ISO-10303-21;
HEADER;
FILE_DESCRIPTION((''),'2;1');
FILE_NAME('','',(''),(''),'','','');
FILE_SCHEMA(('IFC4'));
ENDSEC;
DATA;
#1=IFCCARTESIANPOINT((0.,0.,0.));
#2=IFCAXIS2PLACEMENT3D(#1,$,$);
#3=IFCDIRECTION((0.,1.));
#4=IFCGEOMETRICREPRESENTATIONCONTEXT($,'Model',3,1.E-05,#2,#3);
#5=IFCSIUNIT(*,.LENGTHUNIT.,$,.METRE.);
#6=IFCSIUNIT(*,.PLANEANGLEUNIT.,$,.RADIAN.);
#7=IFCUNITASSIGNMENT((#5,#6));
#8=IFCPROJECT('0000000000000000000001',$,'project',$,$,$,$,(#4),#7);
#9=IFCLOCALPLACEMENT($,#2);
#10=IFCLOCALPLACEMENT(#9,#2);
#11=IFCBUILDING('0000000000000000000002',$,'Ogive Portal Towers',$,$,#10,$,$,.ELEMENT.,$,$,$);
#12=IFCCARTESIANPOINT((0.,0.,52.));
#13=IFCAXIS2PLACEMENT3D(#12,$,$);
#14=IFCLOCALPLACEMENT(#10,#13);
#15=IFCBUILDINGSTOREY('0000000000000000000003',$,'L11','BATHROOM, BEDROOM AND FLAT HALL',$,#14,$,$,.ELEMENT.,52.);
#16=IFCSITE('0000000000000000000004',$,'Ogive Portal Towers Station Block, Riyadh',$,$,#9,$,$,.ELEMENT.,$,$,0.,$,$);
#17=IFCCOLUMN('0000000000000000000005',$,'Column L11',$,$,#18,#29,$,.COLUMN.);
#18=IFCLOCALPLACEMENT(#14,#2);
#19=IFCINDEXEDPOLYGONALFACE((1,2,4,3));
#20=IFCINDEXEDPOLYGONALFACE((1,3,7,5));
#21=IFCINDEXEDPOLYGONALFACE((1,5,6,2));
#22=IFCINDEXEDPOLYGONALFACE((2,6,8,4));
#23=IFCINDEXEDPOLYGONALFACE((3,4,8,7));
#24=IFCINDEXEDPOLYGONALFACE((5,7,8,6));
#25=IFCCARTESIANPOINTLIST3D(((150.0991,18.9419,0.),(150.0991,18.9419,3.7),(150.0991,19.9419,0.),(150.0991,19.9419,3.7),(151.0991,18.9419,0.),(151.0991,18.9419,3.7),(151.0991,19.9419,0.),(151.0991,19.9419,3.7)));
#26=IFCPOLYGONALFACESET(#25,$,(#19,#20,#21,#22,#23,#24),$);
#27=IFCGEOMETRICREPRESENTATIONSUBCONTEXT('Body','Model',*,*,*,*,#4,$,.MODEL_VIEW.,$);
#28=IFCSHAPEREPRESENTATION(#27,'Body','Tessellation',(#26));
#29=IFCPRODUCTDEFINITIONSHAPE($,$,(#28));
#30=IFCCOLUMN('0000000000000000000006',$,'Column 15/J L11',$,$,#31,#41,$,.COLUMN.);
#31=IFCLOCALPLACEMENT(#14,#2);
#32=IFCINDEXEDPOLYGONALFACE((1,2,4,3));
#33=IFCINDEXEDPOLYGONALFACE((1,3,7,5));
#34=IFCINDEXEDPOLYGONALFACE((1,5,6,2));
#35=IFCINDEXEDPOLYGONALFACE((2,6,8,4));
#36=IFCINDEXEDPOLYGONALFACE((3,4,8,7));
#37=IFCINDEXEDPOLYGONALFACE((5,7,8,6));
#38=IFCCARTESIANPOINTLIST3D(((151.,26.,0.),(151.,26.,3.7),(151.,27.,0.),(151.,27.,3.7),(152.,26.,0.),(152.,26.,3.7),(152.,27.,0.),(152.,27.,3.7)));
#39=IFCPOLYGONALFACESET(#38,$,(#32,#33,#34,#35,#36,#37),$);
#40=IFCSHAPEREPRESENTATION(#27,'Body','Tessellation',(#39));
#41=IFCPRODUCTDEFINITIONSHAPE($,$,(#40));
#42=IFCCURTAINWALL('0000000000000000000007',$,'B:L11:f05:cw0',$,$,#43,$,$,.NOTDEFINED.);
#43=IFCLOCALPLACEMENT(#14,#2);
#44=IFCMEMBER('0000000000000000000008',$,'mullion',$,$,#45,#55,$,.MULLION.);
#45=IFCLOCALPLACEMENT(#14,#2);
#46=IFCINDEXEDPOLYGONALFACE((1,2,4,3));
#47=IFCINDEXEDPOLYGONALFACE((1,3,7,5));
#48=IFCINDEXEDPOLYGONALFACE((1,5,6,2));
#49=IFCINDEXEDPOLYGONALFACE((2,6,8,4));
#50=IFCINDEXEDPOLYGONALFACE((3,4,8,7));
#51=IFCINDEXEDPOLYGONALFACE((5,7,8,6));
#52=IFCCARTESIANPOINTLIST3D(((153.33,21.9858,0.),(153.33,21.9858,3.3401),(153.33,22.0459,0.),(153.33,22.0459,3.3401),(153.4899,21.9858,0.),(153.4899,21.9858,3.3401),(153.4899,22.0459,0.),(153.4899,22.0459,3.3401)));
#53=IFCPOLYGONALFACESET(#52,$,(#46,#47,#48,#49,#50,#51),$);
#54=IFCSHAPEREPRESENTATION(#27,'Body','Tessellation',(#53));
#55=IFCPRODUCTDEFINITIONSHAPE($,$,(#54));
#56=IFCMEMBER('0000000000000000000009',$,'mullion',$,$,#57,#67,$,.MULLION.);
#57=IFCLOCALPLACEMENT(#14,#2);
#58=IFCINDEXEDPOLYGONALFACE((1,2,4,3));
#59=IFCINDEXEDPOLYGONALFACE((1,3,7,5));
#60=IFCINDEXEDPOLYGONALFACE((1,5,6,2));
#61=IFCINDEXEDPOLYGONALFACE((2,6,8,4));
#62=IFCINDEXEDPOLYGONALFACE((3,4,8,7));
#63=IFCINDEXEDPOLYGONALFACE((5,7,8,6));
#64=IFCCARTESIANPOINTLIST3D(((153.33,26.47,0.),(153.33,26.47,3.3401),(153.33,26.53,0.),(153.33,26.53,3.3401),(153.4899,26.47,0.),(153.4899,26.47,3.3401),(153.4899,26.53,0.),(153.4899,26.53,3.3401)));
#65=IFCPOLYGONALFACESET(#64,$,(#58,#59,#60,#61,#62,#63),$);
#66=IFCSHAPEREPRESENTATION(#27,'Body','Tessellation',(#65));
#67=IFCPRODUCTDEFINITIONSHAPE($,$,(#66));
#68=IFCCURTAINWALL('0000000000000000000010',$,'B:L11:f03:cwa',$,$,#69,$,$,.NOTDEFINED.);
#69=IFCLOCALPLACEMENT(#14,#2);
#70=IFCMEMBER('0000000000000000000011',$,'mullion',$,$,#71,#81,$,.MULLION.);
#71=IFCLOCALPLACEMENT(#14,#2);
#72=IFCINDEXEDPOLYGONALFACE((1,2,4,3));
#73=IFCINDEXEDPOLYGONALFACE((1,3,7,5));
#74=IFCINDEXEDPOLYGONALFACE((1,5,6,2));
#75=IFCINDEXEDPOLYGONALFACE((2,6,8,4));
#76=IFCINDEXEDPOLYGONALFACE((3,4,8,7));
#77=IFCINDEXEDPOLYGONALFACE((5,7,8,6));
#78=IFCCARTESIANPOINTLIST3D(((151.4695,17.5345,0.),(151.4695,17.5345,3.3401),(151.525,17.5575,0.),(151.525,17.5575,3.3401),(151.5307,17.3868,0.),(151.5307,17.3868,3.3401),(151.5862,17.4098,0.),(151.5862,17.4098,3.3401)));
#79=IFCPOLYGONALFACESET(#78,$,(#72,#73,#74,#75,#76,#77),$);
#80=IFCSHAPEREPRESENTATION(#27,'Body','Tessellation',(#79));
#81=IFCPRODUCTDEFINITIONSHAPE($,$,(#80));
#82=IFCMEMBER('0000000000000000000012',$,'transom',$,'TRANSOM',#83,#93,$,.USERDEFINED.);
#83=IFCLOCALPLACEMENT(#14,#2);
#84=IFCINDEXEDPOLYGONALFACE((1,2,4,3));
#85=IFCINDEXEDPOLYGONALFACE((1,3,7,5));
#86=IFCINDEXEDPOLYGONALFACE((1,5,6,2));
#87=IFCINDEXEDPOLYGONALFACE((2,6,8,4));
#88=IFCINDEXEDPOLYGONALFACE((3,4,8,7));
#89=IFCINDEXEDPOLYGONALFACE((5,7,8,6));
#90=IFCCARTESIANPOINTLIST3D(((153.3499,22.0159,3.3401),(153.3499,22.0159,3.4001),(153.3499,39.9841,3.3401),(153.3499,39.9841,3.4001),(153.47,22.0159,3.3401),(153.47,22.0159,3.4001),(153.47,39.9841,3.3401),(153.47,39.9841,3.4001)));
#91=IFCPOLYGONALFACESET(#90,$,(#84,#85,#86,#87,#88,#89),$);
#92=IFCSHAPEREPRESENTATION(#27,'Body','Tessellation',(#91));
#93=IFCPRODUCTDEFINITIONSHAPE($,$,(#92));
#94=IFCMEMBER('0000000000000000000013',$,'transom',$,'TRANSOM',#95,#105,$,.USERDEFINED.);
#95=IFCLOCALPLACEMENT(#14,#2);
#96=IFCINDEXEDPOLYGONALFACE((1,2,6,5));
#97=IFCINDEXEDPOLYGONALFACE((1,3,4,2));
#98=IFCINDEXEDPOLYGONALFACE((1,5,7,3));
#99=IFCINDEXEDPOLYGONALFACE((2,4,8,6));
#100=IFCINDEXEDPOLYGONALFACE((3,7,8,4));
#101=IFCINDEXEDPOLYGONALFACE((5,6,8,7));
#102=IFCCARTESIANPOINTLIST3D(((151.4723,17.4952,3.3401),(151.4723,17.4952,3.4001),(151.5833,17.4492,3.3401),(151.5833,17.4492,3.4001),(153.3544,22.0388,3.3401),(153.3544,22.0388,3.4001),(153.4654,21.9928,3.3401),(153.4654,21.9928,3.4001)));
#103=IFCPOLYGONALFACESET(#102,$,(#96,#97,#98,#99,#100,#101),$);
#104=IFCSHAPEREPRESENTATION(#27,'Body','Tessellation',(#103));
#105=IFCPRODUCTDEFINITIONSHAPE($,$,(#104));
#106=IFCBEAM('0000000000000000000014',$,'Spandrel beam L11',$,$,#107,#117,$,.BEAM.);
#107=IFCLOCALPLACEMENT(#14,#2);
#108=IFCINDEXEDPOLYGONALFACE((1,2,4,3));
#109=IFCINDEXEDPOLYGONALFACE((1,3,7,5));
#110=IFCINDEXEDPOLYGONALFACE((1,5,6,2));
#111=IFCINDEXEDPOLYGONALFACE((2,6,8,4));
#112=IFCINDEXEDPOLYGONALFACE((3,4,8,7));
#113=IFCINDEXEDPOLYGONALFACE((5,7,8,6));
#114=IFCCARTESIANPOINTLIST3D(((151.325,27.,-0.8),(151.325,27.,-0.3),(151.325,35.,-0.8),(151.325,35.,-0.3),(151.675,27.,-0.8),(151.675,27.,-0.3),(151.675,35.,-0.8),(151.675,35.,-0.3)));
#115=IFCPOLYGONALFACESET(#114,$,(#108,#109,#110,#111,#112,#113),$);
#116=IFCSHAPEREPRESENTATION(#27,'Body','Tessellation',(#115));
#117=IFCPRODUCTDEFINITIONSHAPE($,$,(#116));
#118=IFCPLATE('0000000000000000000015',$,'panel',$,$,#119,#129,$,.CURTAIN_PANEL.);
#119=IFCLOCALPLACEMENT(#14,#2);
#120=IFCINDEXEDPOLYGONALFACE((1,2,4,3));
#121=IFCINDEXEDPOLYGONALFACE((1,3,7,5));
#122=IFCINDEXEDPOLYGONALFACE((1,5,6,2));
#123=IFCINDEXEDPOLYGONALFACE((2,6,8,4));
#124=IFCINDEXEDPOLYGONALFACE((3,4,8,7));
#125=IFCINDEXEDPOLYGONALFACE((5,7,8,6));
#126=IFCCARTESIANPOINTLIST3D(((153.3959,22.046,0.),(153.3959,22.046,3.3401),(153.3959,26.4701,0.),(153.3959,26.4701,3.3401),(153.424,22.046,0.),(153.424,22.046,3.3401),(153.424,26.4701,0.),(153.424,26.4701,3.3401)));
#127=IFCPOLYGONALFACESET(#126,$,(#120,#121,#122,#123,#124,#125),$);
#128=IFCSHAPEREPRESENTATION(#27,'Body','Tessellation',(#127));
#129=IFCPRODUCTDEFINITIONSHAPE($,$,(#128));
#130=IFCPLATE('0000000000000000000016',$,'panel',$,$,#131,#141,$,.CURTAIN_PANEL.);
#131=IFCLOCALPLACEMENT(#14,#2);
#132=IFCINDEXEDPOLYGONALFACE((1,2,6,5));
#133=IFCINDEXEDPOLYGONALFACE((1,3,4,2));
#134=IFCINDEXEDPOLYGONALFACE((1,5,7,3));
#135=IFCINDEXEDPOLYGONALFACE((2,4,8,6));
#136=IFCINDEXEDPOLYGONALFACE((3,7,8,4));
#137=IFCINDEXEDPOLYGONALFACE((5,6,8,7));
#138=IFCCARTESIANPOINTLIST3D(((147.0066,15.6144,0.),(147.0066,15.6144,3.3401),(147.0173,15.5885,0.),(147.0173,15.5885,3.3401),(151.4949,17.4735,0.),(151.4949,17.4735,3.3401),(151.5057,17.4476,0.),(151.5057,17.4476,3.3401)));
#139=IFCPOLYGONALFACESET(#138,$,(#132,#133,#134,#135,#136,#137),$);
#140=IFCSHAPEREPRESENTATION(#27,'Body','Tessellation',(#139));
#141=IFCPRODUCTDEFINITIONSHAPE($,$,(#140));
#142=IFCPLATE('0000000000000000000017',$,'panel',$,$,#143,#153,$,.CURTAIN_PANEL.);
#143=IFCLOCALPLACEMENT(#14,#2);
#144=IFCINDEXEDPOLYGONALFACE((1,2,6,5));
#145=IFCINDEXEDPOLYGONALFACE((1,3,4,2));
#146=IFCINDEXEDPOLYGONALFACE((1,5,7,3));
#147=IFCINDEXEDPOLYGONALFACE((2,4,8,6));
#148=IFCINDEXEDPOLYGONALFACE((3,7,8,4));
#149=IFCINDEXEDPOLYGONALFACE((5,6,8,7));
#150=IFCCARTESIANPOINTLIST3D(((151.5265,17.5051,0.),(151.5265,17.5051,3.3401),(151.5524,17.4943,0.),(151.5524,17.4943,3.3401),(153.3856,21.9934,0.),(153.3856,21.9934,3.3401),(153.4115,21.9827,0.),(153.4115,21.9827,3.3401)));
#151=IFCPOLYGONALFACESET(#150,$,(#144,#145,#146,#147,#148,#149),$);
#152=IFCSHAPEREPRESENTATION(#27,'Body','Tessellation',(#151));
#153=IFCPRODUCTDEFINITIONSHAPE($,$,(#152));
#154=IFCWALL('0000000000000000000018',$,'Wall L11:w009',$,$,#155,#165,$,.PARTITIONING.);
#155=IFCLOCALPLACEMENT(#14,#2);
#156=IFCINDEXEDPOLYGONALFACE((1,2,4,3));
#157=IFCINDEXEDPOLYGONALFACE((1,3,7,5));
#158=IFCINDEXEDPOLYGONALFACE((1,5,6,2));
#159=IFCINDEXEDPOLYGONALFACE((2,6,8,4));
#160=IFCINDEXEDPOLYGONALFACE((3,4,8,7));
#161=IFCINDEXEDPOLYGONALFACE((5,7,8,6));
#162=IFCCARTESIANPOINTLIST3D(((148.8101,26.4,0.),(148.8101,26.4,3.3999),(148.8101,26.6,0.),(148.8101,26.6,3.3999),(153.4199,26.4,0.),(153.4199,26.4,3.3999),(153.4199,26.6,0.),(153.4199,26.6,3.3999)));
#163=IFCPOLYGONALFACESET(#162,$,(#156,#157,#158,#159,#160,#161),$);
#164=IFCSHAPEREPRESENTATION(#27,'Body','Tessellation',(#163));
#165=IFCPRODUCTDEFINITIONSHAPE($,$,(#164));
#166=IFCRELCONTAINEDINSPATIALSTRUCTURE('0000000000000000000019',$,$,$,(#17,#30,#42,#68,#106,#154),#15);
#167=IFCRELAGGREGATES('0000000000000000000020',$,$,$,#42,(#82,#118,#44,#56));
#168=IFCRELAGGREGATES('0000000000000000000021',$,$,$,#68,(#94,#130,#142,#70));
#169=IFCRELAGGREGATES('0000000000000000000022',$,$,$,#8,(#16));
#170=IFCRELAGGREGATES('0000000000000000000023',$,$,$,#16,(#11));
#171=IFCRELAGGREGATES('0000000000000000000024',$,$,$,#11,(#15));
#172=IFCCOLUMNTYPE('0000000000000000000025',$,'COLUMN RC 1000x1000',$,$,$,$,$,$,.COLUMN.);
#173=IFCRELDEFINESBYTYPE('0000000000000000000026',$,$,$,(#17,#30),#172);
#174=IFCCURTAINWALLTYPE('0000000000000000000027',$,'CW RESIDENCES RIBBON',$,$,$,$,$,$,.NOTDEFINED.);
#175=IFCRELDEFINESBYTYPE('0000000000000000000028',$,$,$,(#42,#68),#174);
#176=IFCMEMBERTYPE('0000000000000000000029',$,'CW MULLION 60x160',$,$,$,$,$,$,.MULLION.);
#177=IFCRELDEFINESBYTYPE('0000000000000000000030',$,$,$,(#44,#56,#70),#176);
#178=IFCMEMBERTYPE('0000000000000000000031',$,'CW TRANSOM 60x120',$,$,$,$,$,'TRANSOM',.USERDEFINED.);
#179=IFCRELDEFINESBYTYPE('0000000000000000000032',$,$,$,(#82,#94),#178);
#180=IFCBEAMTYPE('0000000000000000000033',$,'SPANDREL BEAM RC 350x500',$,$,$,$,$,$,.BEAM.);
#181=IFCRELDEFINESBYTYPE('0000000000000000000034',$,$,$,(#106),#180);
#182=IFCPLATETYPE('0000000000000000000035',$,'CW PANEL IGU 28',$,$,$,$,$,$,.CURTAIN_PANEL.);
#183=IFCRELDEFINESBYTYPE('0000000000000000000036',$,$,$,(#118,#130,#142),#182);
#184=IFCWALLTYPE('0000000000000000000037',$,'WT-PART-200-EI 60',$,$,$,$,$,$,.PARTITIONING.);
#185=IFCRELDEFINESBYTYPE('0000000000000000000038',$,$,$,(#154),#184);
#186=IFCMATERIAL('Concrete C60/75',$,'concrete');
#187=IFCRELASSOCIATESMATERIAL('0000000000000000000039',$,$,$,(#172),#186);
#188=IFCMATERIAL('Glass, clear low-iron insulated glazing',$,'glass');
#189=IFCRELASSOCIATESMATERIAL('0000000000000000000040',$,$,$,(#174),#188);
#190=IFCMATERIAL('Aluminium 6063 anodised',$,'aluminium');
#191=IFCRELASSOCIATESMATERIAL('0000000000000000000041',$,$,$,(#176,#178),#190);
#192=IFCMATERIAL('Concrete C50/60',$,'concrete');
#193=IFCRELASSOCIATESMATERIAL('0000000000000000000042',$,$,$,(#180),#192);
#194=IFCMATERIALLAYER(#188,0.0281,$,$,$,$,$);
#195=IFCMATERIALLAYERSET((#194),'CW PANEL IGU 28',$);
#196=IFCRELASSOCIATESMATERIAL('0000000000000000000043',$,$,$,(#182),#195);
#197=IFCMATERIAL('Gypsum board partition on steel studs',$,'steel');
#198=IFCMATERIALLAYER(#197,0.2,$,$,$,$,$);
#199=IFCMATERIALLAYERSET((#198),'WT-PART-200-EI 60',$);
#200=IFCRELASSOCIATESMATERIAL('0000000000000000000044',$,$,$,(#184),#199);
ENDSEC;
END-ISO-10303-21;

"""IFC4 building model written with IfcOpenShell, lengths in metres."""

from ifc_helpers import new_model, si_unit, direction, frame, frame_2d, origin, origin_2d, place, context, subcontext, project, spatial, rectangle, extrude, material, layer, layer_set, material_profile, profile_set, type_object, element, aggregate, save


model = new_model("IFC4")

# Units and contexts
model_context = context("Model", 3, precision=1e-05, world=origin(), true_north=direction((0.0, 1.0)))
body_context = subcontext(model_context, "Body", "Model", "MODEL_VIEW")
ifc_project = project(units=[si_unit("LENGTHUNIT", "METRE"), si_unit("PLANEANGLEUNIT", "RADIAN")], contexts=[model_context])

# Site, building, storey
site_placement = place(None, origin())
site = spatial("IfcSite", under=ifc_project, at=site_placement, Name="Ogive Portal Towers Station Block, Riyadh", CompositionType="ELEMENT", RefElevation=0.0)
building_placement = place(site_placement, origin())
building = spatial("IfcBuilding", under=site, at=building_placement, Name="Ogive Portal Towers", CompositionType="ELEMENT")
storey_placement = place(building_placement, frame((0.0, 0.0, 52.0)))
storey = spatial("IfcBuildingStorey", under=building, at=storey_placement, Name="L11", Description="BATHROOM, BEDROOM AND FLAT HALL", CompositionType="ELEMENT", Elevation=52.0)

# Columns
ifc_material_1 = material(Name="Concrete C60/75", Category="concrete")
ifc_material_profile_1 = material_profile(ifc_material_1, rectangle(XDim=1.0, YDim=1.0, at=origin_2d()), Name="RC 1000x1000")
ifc_profile_set_1 = profile_set([ifc_material_profile_1], Name="Concrete C60/75")
column_type = type_object("IfcColumnType", Name="COLUMN RC 1000x1000", PredefinedType="COLUMN", material=ifc_profile_set_1)
for number, where, z_axis, x_axis, name in (
    (1, (150.5991, 19.4419, 0.0), (0.0, 0.0, 1.0), (1.0, 0.0, 0.0), "Column L11"),
    (2, (151.5, 26.5, 0.0), (0.0, 0.0, 1.0), (1.0, 0.0, 0.0), "Column 15/J L11"),
):
    element("IfcColumn", number, at=place(storey_placement, frame(where, z_axis=z_axis, x_axis=x_axis)), inside=storey, type_object=column_type, Name=name, PredefinedType="COLUMN", context=body_context, shape_type="SweptSolid", body=[
        extrude(rectangle(XDim=1.0, YDim=1.0, at=origin_2d()), origin(), (0.0, 0.0, 1.0), 3.7),
    ])

# Curtain wall, members
ifc_material_2 = material(Name="Glass, clear low-iron insulated glazing", Category="glass")
curtain_wall_type = type_object("IfcCurtainWallType", Name="CW RESIDENCES RIBBON", PredefinedType="NOTDEFINED", material=ifc_material_2)
curtain_wall_1_placement = place(storey_placement, origin())
curtain_wall_1 = element("IfcCurtainWall", 3, at=curtain_wall_1_placement, inside=storey, type_object=curtain_wall_type, Name="B:L11:f05:cw0", PredefinedType="NOTDEFINED")
ifc_material_3 = material(Name="Aluminium 6063 anodised", Category="aluminium")
ifc_material_profile_2 = material_profile(ifc_material_3, rectangle(XDim=0.1599, YDim=0.0601, at=origin_2d()), Name="AL 60x160")
ifc_profile_set_2 = profile_set([ifc_material_profile_2], Name="Aluminium 6063 anodised")
member_type_1 = type_object("IfcMemberType", Name="CW MULLION 60x160", PredefinedType="MULLION", material=ifc_profile_set_2)
member_1_placement = place(storey_placement, frame((153.4099, 22.0159, 0.0), z_axis=(0.0, 0.0, 1.0), x_axis=(-1.0, 0.0, 0.0)))
member_1 = element("IfcMember", 4, at=member_1_placement, type_object=member_type_1, Name="mullion", PredefinedType="MULLION", context=body_context, shape_type="SweptSolid", body=[
    extrude(rectangle(XDim=0.1599, YDim=0.0601, at=origin_2d()), origin(), (0.0, 0.0, 1.0), 3.3401),
])
member_2_placement = place(storey_placement, frame((153.4099, 26.5, 0.0), z_axis=(0.0, 0.0, 1.0), x_axis=(-1.0, 0.0, 0.0)))
member_2 = element("IfcMember", 5, at=member_2_placement, type_object=member_type_1, Name="mullion", PredefinedType="MULLION", context=body_context, shape_type="SweptSolid", body=[
    extrude(rectangle(XDim=0.1599, YDim=0.0601, at=origin_2d()), origin(), (0.0, 0.0, 1.0), 3.3401),
])

# Curtain wall, member
curtain_wall_2_placement = place(storey_placement, origin())
curtain_wall_2 = element("IfcCurtainWall", 6, at=curtain_wall_2_placement, inside=storey, type_object=curtain_wall_type, Name="B:L11:f03:cwa", PredefinedType="NOTDEFINED")
member_3_placement = place(storey_placement, frame((151.5278, 17.4722, 0.0), z_axis=(0.0, 0.0, 1.0), x_axis=(-0.382683, 0.92388, 0.0)))
member_3 = element("IfcMember", 7, at=member_3_placement, type_object=member_type_1, Name="mullion", PredefinedType="MULLION", context=body_context, shape_type="SweptSolid", body=[
    extrude(rectangle(XDim=0.1599, YDim=0.0601, at=origin_2d()), origin(), (0.0, 0.0, 1.0), 3.3401),
])

# Members
ifc_material_profile_3 = material_profile(ifc_material_3, rectangle(XDim=0.1201, YDim=0.0601, at=origin_2d()), Name="AL 120x60")
ifc_profile_set_3 = profile_set([ifc_material_profile_3], Name="Aluminium 6063 anodised")
member_type_2 = type_object("IfcMemberType", Name="CW TRANSOM 60x120", ElementType="TRANSOM", PredefinedType="USERDEFINED", material=ifc_profile_set_3)
member_4_placement = place(storey_placement, frame((153.4099, 22.0159, 3.3701), z_axis=(0.0, 1.0, 0.0), x_axis=(-1.0, 0.0, 0.0)))
member_4 = element("IfcMember", 8, at=member_4_placement, type_object=member_type_2, Name="transom", ObjectType="TRANSOM", PredefinedType="USERDEFINED", context=body_context, shape_type="SweptSolid", body=[
    extrude(rectangle(XDim=0.1201, YDim=0.0601, at=origin_2d()), origin(), (0.0, 0.0, 1.0), 17.9683),
])
member_5_placement = place(storey_placement, frame((151.5278, 17.4722, 3.3701), z_axis=(0.382686, 0.923878, 0.0), x_axis=(-0.923878, 0.382686, 0.0)))
member_5 = element("IfcMember", 9, at=member_5_placement, type_object=member_type_2, Name="transom", ObjectType="TRANSOM", PredefinedType="USERDEFINED", context=body_context, shape_type="SweptSolid", body=[
    extrude(rectangle(XDim=0.1201, YDim=0.0601, at=origin_2d()), origin(), (0.0, 0.0, 1.0), 4.918),
])

# Beam
ifc_material_4 = material(Name="Concrete C50/60", Category="concrete")
ifc_material_profile_4 = material_profile(ifc_material_4, rectangle(XDim=0.3501, YDim=0.5, at=origin_2d()), Name="RC 350x500")
ifc_profile_set_4 = profile_set([ifc_material_profile_4], Name="Concrete C50/60")
beam_type = type_object("IfcBeamType", Name="SPANDREL BEAM RC 350x500", PredefinedType="BEAM", material=ifc_profile_set_4)
beam_placement = place(storey_placement, frame((151.5, 27.0, -0.55), z_axis=(0.0, 1.0, 0.0), x_axis=(-1.0, 0.0, 0.0)))
element("IfcBeam", 10, at=beam_placement, inside=storey, type_object=beam_type, Name="Spandrel beam L11", PredefinedType="BEAM", context=body_context, shape_type="SweptSolid", body=[
    extrude(rectangle(XDim=0.3501, YDim=0.5, at=origin_2d()), origin(), (0.0, 0.0, 1.0), 8.0),
])

# Plates
ifc_layer_1 = layer(ifc_material_2, 0.0281)
ifc_layer_set_1 = layer_set([ifc_layer_1], Name="CW PANEL IGU 28")
plate_type = type_object("IfcPlateType", Name="CW PANEL IGU 28", PredefinedType="CURTAIN_PANEL", material=ifc_layer_set_1)
plate_1_placement = place(storey_placement, frame((153.4099, 24.2581, 0.0), z_axis=(0.0, 0.0, 1.0), x_axis=(0.0, 1.0, 0.0)))
plate_1 = element("IfcPlate", 11, at=plate_1_placement, type_object=plate_type, Name="panel", PredefinedType="CURTAIN_PANEL", context=body_context, shape_type="SweptSolid", body=[
    extrude(rectangle(XDim=4.4241, YDim=0.0281, at=origin_2d()), origin(), (0.0, 0.0, 1.0), 3.3401),
])
aggregate(curtain_wall_1, [member_4, plate_1, member_1, member_2])
plate_2_placement = place(storey_placement, frame((149.2561, 16.531, 0.0), z_axis=(0.0, 0.0, 1.0), x_axis=(0.92388, 0.382683, 0.0)))
plate_2 = element("IfcPlate", 12, at=plate_2_placement, type_object=plate_type, Name="panel", PredefinedType="CURTAIN_PANEL", context=body_context, shape_type="SweptSolid", body=[
    extrude(rectangle(XDim=4.8582, YDim=0.0281, at=origin_2d()), origin(), (0.0, 0.0, 1.0), 3.3401),
])
plate_3_placement = place(storey_placement, frame((152.469, 19.7439, 0.0), z_axis=(0.0, 0.0, 1.0), x_axis=(0.382683, 0.92388, 0.0)))
plate_3 = element("IfcPlate", 13, at=plate_3_placement, type_object=plate_type, Name="panel", PredefinedType="CURTAIN_PANEL", context=body_context, shape_type="SweptSolid", body=[
    extrude(rectangle(XDim=4.8582, YDim=0.0281, at=origin_2d()), origin(), (0.0, 0.0, 1.0), 3.3401),
])
aggregate(curtain_wall_2, [member_5, plate_2, plate_3, member_3])

# Wall
ifc_material_5 = material(Name="Gypsum board partition on steel studs", Category="steel")
ifc_layer_2 = layer(ifc_material_5, 0.2)
ifc_layer_set_2 = layer_set([ifc_layer_2], Name="WT-PART-200-EI 60")
wall_type = type_object("IfcWallType", Name="WT-PART-200-EI 60", PredefinedType="PARTITIONING", material=ifc_layer_set_2)
wall_1_placement = place(storey_placement, frame((148.8101, 26.5, 0.0), z_axis=(0.0, 0.0, 1.0), x_axis=(1.0, 0.0, 0.0)))
element("IfcWall", 14, at=wall_1_placement, inside=storey, type_object=wall_type, Name="Wall L11:w009", PredefinedType="PARTITIONING", context=body_context, shape_type="SweptSolid", body=[
    extrude(rectangle(XDim=4.6099, YDim=0.2, at=frame_2d((2.3049, 0.0))), origin(), (0.0, 0.0, 1.0), 3.3999),
])

save(model, "model.ifc")
